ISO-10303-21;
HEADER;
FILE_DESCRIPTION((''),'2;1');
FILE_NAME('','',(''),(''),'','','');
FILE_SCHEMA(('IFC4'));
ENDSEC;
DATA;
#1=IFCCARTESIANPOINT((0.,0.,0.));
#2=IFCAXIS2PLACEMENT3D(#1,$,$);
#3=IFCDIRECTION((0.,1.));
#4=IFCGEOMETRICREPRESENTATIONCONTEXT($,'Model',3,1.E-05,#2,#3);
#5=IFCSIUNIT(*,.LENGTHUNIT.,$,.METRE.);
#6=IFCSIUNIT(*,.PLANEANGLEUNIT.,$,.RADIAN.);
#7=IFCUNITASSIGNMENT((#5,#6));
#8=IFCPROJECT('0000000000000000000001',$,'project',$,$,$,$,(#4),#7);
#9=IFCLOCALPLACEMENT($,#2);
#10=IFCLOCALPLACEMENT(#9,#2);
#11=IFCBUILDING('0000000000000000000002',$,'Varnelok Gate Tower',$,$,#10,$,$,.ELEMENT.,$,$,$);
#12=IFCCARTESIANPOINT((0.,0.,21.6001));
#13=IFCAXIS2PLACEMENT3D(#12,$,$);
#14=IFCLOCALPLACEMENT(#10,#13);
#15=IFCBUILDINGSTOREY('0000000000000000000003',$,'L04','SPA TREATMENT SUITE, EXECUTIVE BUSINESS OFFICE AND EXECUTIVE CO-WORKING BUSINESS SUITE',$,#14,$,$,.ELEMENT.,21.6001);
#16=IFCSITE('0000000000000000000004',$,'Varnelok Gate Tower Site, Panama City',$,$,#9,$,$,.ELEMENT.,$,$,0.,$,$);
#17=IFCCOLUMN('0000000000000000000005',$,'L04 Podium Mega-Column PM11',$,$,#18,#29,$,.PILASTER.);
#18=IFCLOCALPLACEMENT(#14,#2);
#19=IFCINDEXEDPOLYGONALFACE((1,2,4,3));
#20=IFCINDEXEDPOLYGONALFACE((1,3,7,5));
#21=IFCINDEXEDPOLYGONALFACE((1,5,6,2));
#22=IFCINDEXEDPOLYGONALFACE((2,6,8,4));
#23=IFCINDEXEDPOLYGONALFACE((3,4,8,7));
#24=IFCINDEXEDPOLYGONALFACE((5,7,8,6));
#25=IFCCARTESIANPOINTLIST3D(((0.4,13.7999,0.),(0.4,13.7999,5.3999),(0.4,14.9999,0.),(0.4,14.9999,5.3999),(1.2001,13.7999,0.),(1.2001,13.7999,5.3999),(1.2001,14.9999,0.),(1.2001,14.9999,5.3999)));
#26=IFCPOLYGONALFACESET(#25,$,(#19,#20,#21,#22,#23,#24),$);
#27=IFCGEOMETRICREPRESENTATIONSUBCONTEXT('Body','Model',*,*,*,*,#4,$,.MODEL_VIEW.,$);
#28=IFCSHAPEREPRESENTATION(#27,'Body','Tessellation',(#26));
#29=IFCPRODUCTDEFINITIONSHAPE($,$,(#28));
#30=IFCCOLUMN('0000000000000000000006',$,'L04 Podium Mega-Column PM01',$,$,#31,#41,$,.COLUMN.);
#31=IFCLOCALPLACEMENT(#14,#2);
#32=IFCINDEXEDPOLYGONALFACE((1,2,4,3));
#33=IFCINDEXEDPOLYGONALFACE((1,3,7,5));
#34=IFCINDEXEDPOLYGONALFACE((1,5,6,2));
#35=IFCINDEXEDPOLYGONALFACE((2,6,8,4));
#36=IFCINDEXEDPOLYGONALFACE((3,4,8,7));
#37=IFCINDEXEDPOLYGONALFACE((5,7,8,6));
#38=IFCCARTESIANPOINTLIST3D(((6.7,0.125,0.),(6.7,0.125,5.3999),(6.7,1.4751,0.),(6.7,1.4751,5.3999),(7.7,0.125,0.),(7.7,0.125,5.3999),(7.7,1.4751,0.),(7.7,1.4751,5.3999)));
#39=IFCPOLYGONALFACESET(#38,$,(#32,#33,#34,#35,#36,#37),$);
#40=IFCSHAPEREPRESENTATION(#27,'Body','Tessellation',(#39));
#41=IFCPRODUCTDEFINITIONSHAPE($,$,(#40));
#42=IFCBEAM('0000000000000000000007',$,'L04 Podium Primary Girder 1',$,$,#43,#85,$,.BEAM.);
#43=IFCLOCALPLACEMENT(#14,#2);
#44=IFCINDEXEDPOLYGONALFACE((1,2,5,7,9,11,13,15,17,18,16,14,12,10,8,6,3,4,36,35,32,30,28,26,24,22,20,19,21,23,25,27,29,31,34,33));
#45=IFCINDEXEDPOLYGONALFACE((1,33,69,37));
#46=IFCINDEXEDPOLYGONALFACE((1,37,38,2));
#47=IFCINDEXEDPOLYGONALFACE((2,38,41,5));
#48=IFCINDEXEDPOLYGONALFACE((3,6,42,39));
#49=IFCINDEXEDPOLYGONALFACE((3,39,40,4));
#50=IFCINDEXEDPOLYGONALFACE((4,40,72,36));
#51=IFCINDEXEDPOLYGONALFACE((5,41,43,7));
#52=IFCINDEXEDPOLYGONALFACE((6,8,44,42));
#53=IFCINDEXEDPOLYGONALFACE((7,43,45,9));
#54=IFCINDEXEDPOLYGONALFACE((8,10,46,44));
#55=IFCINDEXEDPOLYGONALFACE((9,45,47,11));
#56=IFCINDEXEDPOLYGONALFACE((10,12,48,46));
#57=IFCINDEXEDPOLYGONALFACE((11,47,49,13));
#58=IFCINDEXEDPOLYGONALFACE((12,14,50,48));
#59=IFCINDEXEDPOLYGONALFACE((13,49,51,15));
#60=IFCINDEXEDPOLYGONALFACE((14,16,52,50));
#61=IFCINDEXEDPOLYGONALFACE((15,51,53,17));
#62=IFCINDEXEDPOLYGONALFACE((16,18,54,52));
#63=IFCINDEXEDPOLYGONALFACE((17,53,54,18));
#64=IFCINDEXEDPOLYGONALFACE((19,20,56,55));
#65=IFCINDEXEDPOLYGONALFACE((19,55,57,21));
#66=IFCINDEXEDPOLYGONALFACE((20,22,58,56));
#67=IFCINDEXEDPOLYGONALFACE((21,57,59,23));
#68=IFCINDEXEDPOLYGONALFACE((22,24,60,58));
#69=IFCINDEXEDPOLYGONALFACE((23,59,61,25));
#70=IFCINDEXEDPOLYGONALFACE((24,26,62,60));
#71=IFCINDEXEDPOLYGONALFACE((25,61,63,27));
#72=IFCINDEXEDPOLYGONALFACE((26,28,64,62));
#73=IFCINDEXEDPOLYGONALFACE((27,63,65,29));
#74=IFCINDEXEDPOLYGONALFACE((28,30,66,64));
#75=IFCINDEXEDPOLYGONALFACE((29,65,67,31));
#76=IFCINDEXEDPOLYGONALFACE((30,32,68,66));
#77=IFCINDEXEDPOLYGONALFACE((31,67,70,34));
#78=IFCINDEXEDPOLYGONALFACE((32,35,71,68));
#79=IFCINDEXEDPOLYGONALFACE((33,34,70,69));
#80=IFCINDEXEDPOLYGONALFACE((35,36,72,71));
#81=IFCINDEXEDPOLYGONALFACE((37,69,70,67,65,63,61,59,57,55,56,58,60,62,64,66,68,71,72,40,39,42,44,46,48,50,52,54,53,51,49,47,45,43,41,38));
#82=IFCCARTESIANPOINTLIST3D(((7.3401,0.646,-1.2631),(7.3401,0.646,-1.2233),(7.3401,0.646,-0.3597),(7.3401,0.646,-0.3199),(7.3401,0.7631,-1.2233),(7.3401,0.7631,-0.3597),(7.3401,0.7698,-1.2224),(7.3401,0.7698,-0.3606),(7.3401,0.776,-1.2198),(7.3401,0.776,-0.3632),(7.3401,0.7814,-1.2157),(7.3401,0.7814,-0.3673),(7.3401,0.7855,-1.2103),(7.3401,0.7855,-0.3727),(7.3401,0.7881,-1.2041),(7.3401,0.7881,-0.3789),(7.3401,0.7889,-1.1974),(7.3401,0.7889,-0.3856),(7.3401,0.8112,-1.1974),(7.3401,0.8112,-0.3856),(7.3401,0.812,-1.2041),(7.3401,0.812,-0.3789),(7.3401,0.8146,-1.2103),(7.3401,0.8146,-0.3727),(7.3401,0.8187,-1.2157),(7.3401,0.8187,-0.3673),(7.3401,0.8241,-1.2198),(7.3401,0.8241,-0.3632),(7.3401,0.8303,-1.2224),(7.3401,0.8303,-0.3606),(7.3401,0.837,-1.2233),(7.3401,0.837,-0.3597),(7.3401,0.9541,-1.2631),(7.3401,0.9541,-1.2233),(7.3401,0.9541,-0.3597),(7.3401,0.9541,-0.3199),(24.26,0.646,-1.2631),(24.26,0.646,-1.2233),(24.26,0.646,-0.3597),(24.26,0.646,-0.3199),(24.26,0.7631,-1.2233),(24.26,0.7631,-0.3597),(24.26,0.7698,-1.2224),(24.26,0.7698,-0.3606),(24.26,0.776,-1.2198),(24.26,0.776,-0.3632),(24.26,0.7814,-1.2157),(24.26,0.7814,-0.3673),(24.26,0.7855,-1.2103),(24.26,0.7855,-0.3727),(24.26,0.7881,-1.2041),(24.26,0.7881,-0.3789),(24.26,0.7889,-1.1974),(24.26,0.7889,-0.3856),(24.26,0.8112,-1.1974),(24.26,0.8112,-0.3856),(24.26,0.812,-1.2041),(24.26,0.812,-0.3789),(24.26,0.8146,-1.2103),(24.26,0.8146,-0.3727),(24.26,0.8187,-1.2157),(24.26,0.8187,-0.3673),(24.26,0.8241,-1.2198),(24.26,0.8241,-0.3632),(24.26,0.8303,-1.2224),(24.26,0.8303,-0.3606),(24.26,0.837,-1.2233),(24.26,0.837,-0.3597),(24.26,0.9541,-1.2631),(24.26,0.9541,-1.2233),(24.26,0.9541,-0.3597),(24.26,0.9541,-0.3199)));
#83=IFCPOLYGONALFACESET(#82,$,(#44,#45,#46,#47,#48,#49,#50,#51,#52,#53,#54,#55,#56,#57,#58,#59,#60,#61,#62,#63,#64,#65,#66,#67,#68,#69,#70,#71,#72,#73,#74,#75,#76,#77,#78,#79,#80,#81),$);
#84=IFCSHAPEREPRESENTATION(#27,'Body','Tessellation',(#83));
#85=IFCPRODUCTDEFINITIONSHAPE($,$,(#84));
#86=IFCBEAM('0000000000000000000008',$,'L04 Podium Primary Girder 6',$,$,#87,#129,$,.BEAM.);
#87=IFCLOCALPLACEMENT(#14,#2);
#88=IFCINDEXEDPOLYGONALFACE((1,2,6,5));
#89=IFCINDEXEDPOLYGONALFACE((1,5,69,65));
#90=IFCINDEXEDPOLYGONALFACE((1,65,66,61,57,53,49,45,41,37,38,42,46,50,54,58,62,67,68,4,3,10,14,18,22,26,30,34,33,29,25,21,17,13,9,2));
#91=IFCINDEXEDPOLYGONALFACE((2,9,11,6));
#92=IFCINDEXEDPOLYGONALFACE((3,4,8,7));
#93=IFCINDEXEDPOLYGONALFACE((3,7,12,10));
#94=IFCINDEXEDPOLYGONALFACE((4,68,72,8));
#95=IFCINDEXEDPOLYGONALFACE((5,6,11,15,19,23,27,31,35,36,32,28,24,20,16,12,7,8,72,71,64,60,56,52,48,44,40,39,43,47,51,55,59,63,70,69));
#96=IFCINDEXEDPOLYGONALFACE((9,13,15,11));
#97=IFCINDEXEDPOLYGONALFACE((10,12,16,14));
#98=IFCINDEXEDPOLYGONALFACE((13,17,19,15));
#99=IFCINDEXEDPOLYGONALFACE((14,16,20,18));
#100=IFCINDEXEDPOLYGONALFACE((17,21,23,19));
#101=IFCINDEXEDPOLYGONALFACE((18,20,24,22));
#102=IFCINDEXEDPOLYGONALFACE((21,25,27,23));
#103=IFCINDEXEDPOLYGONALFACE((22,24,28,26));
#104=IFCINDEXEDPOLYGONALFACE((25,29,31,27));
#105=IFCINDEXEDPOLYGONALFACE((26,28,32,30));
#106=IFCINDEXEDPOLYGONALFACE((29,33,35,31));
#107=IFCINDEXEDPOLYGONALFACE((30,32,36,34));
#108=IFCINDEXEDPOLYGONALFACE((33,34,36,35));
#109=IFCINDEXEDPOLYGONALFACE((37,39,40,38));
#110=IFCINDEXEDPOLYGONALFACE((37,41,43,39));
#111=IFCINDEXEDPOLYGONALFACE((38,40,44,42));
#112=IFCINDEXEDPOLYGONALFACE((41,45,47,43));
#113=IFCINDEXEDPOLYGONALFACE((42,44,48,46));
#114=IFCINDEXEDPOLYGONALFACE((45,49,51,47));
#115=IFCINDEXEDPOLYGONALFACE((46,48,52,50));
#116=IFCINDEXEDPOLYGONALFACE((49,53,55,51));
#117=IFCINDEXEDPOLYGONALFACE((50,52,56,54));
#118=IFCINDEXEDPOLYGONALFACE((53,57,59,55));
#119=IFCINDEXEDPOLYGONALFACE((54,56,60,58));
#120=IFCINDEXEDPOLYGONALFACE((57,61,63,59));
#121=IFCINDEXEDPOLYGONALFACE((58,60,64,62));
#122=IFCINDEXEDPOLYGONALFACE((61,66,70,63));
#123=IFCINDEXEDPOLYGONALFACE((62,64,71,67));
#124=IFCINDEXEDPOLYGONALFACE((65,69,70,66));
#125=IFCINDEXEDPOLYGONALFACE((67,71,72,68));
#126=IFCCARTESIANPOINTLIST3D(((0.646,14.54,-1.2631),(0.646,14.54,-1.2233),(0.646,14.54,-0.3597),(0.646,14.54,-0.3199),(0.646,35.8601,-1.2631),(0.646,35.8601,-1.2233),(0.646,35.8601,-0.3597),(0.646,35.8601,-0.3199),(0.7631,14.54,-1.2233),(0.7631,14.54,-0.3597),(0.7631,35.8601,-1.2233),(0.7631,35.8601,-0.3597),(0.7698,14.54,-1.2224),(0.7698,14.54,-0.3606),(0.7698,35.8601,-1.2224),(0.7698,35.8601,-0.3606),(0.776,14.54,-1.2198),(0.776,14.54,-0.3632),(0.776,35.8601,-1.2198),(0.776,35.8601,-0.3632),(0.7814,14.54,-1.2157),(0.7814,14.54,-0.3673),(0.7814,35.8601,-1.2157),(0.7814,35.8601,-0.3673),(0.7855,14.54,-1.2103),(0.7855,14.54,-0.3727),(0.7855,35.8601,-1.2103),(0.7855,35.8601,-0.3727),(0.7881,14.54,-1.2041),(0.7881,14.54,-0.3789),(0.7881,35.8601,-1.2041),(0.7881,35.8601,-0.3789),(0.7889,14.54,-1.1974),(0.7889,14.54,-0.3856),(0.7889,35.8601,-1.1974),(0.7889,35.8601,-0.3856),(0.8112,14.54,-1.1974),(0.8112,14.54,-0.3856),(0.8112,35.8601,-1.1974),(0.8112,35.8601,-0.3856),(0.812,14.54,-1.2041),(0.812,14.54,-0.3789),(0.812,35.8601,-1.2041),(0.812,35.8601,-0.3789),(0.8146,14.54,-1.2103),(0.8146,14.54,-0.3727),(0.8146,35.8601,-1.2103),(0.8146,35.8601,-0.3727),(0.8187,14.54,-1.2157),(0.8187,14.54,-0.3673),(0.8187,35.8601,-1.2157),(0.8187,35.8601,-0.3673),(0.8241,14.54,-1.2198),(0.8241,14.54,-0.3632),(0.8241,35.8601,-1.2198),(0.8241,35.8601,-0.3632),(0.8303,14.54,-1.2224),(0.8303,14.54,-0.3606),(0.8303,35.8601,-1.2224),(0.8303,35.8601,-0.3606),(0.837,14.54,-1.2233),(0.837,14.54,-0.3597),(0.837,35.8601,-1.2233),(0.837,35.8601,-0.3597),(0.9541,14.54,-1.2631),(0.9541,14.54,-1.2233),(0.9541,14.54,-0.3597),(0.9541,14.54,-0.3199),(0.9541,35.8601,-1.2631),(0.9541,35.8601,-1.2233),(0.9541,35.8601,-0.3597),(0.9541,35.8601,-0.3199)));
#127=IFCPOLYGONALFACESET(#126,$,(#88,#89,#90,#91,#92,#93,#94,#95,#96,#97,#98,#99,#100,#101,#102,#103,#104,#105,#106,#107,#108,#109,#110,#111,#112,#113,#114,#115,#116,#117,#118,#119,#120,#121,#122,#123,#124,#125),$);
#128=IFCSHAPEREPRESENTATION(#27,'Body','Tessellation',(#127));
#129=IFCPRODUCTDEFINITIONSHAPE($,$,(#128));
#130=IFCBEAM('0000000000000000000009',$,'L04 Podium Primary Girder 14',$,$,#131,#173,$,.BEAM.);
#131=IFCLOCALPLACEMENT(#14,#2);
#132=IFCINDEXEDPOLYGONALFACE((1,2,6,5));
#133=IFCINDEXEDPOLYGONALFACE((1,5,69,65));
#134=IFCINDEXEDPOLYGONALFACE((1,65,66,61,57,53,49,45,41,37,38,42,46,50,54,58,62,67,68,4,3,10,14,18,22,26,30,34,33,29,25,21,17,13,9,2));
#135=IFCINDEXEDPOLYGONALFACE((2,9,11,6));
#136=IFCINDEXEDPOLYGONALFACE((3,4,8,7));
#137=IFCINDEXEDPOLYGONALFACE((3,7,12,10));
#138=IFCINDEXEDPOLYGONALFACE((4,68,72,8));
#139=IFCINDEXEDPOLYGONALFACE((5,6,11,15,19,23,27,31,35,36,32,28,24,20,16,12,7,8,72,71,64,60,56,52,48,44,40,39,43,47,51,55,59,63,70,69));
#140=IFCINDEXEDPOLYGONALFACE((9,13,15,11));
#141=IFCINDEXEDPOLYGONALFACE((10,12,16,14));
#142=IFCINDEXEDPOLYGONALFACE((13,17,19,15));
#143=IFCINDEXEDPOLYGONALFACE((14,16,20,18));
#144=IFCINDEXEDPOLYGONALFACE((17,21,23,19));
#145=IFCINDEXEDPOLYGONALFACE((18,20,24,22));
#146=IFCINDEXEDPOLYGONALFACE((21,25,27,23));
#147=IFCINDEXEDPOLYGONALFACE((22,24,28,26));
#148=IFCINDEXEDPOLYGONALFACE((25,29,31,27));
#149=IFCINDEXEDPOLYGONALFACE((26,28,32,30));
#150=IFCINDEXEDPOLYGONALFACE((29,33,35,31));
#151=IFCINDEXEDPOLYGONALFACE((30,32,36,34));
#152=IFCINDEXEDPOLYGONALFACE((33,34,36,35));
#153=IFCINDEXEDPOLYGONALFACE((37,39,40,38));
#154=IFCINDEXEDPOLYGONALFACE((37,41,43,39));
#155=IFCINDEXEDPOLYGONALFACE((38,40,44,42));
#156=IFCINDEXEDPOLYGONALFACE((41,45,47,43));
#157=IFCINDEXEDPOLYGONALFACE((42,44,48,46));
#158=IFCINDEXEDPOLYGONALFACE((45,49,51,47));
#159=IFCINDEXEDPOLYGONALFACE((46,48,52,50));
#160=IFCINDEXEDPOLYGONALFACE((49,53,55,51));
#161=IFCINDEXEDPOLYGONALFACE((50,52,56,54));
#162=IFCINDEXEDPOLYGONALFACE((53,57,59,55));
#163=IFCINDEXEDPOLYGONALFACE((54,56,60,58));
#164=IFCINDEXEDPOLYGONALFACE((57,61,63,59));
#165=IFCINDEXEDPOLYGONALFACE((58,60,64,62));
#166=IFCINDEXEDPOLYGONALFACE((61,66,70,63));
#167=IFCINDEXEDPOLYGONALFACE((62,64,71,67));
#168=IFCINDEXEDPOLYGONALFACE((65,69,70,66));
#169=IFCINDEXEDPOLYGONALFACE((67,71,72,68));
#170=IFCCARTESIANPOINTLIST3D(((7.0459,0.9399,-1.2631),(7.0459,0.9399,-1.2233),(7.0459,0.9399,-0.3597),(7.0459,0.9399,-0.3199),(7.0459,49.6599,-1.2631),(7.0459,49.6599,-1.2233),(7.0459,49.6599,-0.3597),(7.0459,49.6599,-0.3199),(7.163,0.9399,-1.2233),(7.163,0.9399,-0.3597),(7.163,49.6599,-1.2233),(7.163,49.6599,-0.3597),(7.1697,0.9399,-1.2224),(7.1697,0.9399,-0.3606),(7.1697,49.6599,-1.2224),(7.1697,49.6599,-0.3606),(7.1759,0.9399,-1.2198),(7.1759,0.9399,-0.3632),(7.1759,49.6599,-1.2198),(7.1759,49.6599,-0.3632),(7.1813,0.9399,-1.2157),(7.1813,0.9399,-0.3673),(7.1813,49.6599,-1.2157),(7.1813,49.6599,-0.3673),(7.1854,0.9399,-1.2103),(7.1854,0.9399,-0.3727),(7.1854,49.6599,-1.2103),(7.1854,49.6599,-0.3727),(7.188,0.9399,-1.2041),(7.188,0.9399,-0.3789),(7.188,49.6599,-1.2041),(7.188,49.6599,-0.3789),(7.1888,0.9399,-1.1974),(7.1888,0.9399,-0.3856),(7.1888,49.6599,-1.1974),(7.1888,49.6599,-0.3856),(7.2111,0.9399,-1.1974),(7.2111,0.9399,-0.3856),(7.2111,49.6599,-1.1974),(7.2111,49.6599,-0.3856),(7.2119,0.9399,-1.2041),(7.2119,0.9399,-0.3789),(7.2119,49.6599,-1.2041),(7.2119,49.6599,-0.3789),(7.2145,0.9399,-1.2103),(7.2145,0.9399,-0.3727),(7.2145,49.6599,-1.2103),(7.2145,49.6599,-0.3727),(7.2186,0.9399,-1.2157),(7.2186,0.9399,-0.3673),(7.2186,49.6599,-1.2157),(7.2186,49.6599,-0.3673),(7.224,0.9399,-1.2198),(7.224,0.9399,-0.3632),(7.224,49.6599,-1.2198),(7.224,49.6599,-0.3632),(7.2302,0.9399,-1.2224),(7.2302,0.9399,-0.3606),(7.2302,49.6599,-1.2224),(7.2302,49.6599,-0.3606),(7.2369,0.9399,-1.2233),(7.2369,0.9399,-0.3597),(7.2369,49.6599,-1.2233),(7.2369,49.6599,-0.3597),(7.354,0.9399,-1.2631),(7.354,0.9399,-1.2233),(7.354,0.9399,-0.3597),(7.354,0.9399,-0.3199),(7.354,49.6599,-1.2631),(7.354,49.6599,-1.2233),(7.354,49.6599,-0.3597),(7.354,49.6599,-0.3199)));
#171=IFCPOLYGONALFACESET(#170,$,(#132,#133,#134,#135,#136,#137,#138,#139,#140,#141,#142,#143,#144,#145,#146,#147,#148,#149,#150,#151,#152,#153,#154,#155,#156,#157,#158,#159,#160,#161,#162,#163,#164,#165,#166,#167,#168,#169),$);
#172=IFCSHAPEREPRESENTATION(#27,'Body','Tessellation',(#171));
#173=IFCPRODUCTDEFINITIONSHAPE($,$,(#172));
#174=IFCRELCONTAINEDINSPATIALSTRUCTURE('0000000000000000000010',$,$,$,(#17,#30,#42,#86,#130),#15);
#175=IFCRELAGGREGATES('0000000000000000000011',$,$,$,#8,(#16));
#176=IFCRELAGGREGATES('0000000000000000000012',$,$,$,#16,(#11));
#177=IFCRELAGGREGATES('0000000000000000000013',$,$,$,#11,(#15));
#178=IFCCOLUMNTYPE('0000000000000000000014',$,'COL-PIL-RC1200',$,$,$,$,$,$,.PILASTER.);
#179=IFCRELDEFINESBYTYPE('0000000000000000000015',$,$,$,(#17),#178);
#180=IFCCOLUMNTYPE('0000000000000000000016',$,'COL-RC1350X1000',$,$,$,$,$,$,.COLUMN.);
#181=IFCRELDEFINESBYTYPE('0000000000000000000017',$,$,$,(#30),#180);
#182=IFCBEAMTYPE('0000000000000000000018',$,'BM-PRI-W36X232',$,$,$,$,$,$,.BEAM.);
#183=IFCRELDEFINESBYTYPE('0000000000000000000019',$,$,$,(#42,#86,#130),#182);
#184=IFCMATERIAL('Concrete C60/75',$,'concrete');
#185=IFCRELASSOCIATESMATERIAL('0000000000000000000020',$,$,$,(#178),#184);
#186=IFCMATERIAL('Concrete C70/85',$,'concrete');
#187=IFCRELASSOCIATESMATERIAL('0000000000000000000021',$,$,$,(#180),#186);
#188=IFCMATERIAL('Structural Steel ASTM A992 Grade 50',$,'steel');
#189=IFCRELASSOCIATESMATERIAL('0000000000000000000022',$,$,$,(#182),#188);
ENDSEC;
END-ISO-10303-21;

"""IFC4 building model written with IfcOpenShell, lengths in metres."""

from ifc_helpers import new_model, si_unit, direction, frame, origin, origin_2d, place, context, subcontext, project, spatial, rectangle, i_section, extrude, material, material_profile, profile_set, type_object, element, save


model = new_model("IFC4")

# Units and contexts
model_context = context("Model", 3, precision=1e-05, world=origin(), true_north=direction((0.0, 1.0)))
body_context = subcontext(model_context, "Body", "Model", "MODEL_VIEW")
ifc_project = project(units=[si_unit("LENGTHUNIT", "METRE"), si_unit("PLANEANGLEUNIT", "RADIAN")], contexts=[model_context])

# Site, building, storey
site_placement = place(None, origin())
site = spatial("IfcSite", under=ifc_project, at=site_placement, Name="Varnelok Gate Tower Site, Panama City", CompositionType="ELEMENT", RefElevation=0.0)
building_placement = place(site_placement, origin())
building = spatial("IfcBuilding", under=site, at=building_placement, Name="Varnelok Gate Tower", CompositionType="ELEMENT")
storey_placement = place(building_placement, frame((0.0, 0.0, 21.6001)))
storey = spatial("IfcBuildingStorey", under=building, at=storey_placement, Name="L04", Description="SPA TREATMENT SUITE, EXECUTIVE BUSINESS OFFICE AND EXECUTIVE CO-WORKING BUSINESS SUITE", CompositionType="ELEMENT", Elevation=21.6001)

# Columns
ifc_material_1 = material(Name="Concrete C60/75", Category="concrete")
ifc_material_profile_1 = material_profile(ifc_material_1, rectangle(XDim=0.8, YDim=1.2, at=origin_2d()), Name="RC1200X800")
ifc_profile_set_1 = profile_set([ifc_material_profile_1], Name="Concrete C60/75")
column_type_1 = type_object("IfcColumnType", Name="COL-PIL-RC1200", PredefinedType="PILASTER", material=ifc_profile_set_1)
column_1_placement = place(storey_placement, frame((0.8, 14.3999, 0.0), z_axis=(0.0, 0.0, 1.0), x_axis=(1.0, 0.0, 0.0)))
element("IfcColumn", 1, at=column_1_placement, inside=storey, type_object=column_type_1, Name="L04 Podium Mega-Column PM11", PredefinedType="PILASTER", context=body_context, shape_type="SweptSolid", body=[
    extrude(rectangle(XDim=0.8, YDim=1.2, at=origin_2d()), origin(), (0.0, 0.0, 1.0), 5.3999),
])
ifc_material_2 = material(Name="Concrete C70/85", Category="concrete")
ifc_material_profile_2 = material_profile(ifc_material_2, rectangle(XDim=1.0, YDim=1.3501, at=origin_2d()), Name="RC1350X1000")
ifc_profile_set_2 = profile_set([ifc_material_profile_2], Name="Concrete C70/85")
column_type_2 = type_object("IfcColumnType", Name="COL-RC1350X1000", PredefinedType="COLUMN", material=ifc_profile_set_2)
column_2_placement = place(storey_placement, frame((7.2, 0.8, 0.0), z_axis=(0.0, 0.0, 1.0), x_axis=(1.0, 0.0, 0.0)))
element("IfcColumn", 2, at=column_2_placement, inside=storey, type_object=column_type_2, Name="L04 Podium Mega-Column PM01", PredefinedType="COLUMN", context=body_context, shape_type="SweptSolid", body=[
    extrude(rectangle(XDim=1.0, YDim=1.3501, at=origin_2d()), origin(), (0.0, 0.0, 1.0), 5.3999),
])

# Beams
ifc_material_3 = material(Name="Structural Steel ASTM A992 Grade 50", Category="steel")
ifc_material_profile_3 = material_profile(ifc_material_3, i_section(OverallWidth=0.3081, OverallDepth=0.9431, WebThickness=0.0222, FlangeThickness=0.0398, FilletRadius=0.0259, at=origin_2d()), Name="W36X232")
ifc_profile_set_3 = profile_set([ifc_material_profile_3], Name="Structural Steel ASTM A992 Grade 50")
beam_type_1 = type_object("IfcBeamType", Name="BM-PRI-W36X232", PredefinedType="BEAM", material=ifc_profile_set_3)
beam_1_placement = place(storey_placement, frame((7.3401, 0.8, -0.7915), z_axis=(1.0, 0.0, 0.0), x_axis=(0.0, 1.0, 0.0)))
element("IfcBeam", 3, at=beam_1_placement, inside=storey, type_object=beam_type_1, Name="L04 Podium Primary Girder 1", PredefinedType="BEAM", context=body_context, shape_type="SweptSolid", body=[
    extrude(i_section(OverallWidth=0.3081, OverallDepth=0.9431, WebThickness=0.0222, FlangeThickness=0.0398, FilletRadius=0.0259, at=origin_2d()), origin(), (0.0, 0.0, 1.0), 16.9199),
])
beam_2_placement = place(storey_placement, frame((0.8, 14.54, -0.7915), z_axis=(0.0, 1.0, 0.0), x_axis=(-1.0, 0.0, 0.0)))
element("IfcBeam", 4, at=beam_2_placement, inside=storey, type_object=beam_type_1, Name="L04 Podium Primary Girder 6", PredefinedType="BEAM", context=body_context, shape_type="SweptSolid", body=[
    extrude(i_section(OverallWidth=0.3081, OverallDepth=0.9431, WebThickness=0.0222, FlangeThickness=0.0398, FilletRadius=0.0259, at=origin_2d()), origin(), (0.0, 0.0, 1.0), 21.3201),
])
beam_3_placement = place(storey_placement, frame((7.2, 0.9399, -0.7915), z_axis=(0.0, 1.0, 0.0), x_axis=(-1.0, 0.0, 0.0)))
element("IfcBeam", 5, at=beam_3_placement, inside=storey, type_object=beam_type_1, Name="L04 Podium Primary Girder 14", PredefinedType="BEAM", context=body_context, shape_type="SweptSolid", body=[
    extrude(i_section(OverallWidth=0.3081, OverallDepth=0.9431, WebThickness=0.0222, FlangeThickness=0.0398, FilletRadius=0.0259, at=origin_2d()), origin(), (0.0, 0.0, 1.0), 48.72),
])

save(model, "model.ifc")
